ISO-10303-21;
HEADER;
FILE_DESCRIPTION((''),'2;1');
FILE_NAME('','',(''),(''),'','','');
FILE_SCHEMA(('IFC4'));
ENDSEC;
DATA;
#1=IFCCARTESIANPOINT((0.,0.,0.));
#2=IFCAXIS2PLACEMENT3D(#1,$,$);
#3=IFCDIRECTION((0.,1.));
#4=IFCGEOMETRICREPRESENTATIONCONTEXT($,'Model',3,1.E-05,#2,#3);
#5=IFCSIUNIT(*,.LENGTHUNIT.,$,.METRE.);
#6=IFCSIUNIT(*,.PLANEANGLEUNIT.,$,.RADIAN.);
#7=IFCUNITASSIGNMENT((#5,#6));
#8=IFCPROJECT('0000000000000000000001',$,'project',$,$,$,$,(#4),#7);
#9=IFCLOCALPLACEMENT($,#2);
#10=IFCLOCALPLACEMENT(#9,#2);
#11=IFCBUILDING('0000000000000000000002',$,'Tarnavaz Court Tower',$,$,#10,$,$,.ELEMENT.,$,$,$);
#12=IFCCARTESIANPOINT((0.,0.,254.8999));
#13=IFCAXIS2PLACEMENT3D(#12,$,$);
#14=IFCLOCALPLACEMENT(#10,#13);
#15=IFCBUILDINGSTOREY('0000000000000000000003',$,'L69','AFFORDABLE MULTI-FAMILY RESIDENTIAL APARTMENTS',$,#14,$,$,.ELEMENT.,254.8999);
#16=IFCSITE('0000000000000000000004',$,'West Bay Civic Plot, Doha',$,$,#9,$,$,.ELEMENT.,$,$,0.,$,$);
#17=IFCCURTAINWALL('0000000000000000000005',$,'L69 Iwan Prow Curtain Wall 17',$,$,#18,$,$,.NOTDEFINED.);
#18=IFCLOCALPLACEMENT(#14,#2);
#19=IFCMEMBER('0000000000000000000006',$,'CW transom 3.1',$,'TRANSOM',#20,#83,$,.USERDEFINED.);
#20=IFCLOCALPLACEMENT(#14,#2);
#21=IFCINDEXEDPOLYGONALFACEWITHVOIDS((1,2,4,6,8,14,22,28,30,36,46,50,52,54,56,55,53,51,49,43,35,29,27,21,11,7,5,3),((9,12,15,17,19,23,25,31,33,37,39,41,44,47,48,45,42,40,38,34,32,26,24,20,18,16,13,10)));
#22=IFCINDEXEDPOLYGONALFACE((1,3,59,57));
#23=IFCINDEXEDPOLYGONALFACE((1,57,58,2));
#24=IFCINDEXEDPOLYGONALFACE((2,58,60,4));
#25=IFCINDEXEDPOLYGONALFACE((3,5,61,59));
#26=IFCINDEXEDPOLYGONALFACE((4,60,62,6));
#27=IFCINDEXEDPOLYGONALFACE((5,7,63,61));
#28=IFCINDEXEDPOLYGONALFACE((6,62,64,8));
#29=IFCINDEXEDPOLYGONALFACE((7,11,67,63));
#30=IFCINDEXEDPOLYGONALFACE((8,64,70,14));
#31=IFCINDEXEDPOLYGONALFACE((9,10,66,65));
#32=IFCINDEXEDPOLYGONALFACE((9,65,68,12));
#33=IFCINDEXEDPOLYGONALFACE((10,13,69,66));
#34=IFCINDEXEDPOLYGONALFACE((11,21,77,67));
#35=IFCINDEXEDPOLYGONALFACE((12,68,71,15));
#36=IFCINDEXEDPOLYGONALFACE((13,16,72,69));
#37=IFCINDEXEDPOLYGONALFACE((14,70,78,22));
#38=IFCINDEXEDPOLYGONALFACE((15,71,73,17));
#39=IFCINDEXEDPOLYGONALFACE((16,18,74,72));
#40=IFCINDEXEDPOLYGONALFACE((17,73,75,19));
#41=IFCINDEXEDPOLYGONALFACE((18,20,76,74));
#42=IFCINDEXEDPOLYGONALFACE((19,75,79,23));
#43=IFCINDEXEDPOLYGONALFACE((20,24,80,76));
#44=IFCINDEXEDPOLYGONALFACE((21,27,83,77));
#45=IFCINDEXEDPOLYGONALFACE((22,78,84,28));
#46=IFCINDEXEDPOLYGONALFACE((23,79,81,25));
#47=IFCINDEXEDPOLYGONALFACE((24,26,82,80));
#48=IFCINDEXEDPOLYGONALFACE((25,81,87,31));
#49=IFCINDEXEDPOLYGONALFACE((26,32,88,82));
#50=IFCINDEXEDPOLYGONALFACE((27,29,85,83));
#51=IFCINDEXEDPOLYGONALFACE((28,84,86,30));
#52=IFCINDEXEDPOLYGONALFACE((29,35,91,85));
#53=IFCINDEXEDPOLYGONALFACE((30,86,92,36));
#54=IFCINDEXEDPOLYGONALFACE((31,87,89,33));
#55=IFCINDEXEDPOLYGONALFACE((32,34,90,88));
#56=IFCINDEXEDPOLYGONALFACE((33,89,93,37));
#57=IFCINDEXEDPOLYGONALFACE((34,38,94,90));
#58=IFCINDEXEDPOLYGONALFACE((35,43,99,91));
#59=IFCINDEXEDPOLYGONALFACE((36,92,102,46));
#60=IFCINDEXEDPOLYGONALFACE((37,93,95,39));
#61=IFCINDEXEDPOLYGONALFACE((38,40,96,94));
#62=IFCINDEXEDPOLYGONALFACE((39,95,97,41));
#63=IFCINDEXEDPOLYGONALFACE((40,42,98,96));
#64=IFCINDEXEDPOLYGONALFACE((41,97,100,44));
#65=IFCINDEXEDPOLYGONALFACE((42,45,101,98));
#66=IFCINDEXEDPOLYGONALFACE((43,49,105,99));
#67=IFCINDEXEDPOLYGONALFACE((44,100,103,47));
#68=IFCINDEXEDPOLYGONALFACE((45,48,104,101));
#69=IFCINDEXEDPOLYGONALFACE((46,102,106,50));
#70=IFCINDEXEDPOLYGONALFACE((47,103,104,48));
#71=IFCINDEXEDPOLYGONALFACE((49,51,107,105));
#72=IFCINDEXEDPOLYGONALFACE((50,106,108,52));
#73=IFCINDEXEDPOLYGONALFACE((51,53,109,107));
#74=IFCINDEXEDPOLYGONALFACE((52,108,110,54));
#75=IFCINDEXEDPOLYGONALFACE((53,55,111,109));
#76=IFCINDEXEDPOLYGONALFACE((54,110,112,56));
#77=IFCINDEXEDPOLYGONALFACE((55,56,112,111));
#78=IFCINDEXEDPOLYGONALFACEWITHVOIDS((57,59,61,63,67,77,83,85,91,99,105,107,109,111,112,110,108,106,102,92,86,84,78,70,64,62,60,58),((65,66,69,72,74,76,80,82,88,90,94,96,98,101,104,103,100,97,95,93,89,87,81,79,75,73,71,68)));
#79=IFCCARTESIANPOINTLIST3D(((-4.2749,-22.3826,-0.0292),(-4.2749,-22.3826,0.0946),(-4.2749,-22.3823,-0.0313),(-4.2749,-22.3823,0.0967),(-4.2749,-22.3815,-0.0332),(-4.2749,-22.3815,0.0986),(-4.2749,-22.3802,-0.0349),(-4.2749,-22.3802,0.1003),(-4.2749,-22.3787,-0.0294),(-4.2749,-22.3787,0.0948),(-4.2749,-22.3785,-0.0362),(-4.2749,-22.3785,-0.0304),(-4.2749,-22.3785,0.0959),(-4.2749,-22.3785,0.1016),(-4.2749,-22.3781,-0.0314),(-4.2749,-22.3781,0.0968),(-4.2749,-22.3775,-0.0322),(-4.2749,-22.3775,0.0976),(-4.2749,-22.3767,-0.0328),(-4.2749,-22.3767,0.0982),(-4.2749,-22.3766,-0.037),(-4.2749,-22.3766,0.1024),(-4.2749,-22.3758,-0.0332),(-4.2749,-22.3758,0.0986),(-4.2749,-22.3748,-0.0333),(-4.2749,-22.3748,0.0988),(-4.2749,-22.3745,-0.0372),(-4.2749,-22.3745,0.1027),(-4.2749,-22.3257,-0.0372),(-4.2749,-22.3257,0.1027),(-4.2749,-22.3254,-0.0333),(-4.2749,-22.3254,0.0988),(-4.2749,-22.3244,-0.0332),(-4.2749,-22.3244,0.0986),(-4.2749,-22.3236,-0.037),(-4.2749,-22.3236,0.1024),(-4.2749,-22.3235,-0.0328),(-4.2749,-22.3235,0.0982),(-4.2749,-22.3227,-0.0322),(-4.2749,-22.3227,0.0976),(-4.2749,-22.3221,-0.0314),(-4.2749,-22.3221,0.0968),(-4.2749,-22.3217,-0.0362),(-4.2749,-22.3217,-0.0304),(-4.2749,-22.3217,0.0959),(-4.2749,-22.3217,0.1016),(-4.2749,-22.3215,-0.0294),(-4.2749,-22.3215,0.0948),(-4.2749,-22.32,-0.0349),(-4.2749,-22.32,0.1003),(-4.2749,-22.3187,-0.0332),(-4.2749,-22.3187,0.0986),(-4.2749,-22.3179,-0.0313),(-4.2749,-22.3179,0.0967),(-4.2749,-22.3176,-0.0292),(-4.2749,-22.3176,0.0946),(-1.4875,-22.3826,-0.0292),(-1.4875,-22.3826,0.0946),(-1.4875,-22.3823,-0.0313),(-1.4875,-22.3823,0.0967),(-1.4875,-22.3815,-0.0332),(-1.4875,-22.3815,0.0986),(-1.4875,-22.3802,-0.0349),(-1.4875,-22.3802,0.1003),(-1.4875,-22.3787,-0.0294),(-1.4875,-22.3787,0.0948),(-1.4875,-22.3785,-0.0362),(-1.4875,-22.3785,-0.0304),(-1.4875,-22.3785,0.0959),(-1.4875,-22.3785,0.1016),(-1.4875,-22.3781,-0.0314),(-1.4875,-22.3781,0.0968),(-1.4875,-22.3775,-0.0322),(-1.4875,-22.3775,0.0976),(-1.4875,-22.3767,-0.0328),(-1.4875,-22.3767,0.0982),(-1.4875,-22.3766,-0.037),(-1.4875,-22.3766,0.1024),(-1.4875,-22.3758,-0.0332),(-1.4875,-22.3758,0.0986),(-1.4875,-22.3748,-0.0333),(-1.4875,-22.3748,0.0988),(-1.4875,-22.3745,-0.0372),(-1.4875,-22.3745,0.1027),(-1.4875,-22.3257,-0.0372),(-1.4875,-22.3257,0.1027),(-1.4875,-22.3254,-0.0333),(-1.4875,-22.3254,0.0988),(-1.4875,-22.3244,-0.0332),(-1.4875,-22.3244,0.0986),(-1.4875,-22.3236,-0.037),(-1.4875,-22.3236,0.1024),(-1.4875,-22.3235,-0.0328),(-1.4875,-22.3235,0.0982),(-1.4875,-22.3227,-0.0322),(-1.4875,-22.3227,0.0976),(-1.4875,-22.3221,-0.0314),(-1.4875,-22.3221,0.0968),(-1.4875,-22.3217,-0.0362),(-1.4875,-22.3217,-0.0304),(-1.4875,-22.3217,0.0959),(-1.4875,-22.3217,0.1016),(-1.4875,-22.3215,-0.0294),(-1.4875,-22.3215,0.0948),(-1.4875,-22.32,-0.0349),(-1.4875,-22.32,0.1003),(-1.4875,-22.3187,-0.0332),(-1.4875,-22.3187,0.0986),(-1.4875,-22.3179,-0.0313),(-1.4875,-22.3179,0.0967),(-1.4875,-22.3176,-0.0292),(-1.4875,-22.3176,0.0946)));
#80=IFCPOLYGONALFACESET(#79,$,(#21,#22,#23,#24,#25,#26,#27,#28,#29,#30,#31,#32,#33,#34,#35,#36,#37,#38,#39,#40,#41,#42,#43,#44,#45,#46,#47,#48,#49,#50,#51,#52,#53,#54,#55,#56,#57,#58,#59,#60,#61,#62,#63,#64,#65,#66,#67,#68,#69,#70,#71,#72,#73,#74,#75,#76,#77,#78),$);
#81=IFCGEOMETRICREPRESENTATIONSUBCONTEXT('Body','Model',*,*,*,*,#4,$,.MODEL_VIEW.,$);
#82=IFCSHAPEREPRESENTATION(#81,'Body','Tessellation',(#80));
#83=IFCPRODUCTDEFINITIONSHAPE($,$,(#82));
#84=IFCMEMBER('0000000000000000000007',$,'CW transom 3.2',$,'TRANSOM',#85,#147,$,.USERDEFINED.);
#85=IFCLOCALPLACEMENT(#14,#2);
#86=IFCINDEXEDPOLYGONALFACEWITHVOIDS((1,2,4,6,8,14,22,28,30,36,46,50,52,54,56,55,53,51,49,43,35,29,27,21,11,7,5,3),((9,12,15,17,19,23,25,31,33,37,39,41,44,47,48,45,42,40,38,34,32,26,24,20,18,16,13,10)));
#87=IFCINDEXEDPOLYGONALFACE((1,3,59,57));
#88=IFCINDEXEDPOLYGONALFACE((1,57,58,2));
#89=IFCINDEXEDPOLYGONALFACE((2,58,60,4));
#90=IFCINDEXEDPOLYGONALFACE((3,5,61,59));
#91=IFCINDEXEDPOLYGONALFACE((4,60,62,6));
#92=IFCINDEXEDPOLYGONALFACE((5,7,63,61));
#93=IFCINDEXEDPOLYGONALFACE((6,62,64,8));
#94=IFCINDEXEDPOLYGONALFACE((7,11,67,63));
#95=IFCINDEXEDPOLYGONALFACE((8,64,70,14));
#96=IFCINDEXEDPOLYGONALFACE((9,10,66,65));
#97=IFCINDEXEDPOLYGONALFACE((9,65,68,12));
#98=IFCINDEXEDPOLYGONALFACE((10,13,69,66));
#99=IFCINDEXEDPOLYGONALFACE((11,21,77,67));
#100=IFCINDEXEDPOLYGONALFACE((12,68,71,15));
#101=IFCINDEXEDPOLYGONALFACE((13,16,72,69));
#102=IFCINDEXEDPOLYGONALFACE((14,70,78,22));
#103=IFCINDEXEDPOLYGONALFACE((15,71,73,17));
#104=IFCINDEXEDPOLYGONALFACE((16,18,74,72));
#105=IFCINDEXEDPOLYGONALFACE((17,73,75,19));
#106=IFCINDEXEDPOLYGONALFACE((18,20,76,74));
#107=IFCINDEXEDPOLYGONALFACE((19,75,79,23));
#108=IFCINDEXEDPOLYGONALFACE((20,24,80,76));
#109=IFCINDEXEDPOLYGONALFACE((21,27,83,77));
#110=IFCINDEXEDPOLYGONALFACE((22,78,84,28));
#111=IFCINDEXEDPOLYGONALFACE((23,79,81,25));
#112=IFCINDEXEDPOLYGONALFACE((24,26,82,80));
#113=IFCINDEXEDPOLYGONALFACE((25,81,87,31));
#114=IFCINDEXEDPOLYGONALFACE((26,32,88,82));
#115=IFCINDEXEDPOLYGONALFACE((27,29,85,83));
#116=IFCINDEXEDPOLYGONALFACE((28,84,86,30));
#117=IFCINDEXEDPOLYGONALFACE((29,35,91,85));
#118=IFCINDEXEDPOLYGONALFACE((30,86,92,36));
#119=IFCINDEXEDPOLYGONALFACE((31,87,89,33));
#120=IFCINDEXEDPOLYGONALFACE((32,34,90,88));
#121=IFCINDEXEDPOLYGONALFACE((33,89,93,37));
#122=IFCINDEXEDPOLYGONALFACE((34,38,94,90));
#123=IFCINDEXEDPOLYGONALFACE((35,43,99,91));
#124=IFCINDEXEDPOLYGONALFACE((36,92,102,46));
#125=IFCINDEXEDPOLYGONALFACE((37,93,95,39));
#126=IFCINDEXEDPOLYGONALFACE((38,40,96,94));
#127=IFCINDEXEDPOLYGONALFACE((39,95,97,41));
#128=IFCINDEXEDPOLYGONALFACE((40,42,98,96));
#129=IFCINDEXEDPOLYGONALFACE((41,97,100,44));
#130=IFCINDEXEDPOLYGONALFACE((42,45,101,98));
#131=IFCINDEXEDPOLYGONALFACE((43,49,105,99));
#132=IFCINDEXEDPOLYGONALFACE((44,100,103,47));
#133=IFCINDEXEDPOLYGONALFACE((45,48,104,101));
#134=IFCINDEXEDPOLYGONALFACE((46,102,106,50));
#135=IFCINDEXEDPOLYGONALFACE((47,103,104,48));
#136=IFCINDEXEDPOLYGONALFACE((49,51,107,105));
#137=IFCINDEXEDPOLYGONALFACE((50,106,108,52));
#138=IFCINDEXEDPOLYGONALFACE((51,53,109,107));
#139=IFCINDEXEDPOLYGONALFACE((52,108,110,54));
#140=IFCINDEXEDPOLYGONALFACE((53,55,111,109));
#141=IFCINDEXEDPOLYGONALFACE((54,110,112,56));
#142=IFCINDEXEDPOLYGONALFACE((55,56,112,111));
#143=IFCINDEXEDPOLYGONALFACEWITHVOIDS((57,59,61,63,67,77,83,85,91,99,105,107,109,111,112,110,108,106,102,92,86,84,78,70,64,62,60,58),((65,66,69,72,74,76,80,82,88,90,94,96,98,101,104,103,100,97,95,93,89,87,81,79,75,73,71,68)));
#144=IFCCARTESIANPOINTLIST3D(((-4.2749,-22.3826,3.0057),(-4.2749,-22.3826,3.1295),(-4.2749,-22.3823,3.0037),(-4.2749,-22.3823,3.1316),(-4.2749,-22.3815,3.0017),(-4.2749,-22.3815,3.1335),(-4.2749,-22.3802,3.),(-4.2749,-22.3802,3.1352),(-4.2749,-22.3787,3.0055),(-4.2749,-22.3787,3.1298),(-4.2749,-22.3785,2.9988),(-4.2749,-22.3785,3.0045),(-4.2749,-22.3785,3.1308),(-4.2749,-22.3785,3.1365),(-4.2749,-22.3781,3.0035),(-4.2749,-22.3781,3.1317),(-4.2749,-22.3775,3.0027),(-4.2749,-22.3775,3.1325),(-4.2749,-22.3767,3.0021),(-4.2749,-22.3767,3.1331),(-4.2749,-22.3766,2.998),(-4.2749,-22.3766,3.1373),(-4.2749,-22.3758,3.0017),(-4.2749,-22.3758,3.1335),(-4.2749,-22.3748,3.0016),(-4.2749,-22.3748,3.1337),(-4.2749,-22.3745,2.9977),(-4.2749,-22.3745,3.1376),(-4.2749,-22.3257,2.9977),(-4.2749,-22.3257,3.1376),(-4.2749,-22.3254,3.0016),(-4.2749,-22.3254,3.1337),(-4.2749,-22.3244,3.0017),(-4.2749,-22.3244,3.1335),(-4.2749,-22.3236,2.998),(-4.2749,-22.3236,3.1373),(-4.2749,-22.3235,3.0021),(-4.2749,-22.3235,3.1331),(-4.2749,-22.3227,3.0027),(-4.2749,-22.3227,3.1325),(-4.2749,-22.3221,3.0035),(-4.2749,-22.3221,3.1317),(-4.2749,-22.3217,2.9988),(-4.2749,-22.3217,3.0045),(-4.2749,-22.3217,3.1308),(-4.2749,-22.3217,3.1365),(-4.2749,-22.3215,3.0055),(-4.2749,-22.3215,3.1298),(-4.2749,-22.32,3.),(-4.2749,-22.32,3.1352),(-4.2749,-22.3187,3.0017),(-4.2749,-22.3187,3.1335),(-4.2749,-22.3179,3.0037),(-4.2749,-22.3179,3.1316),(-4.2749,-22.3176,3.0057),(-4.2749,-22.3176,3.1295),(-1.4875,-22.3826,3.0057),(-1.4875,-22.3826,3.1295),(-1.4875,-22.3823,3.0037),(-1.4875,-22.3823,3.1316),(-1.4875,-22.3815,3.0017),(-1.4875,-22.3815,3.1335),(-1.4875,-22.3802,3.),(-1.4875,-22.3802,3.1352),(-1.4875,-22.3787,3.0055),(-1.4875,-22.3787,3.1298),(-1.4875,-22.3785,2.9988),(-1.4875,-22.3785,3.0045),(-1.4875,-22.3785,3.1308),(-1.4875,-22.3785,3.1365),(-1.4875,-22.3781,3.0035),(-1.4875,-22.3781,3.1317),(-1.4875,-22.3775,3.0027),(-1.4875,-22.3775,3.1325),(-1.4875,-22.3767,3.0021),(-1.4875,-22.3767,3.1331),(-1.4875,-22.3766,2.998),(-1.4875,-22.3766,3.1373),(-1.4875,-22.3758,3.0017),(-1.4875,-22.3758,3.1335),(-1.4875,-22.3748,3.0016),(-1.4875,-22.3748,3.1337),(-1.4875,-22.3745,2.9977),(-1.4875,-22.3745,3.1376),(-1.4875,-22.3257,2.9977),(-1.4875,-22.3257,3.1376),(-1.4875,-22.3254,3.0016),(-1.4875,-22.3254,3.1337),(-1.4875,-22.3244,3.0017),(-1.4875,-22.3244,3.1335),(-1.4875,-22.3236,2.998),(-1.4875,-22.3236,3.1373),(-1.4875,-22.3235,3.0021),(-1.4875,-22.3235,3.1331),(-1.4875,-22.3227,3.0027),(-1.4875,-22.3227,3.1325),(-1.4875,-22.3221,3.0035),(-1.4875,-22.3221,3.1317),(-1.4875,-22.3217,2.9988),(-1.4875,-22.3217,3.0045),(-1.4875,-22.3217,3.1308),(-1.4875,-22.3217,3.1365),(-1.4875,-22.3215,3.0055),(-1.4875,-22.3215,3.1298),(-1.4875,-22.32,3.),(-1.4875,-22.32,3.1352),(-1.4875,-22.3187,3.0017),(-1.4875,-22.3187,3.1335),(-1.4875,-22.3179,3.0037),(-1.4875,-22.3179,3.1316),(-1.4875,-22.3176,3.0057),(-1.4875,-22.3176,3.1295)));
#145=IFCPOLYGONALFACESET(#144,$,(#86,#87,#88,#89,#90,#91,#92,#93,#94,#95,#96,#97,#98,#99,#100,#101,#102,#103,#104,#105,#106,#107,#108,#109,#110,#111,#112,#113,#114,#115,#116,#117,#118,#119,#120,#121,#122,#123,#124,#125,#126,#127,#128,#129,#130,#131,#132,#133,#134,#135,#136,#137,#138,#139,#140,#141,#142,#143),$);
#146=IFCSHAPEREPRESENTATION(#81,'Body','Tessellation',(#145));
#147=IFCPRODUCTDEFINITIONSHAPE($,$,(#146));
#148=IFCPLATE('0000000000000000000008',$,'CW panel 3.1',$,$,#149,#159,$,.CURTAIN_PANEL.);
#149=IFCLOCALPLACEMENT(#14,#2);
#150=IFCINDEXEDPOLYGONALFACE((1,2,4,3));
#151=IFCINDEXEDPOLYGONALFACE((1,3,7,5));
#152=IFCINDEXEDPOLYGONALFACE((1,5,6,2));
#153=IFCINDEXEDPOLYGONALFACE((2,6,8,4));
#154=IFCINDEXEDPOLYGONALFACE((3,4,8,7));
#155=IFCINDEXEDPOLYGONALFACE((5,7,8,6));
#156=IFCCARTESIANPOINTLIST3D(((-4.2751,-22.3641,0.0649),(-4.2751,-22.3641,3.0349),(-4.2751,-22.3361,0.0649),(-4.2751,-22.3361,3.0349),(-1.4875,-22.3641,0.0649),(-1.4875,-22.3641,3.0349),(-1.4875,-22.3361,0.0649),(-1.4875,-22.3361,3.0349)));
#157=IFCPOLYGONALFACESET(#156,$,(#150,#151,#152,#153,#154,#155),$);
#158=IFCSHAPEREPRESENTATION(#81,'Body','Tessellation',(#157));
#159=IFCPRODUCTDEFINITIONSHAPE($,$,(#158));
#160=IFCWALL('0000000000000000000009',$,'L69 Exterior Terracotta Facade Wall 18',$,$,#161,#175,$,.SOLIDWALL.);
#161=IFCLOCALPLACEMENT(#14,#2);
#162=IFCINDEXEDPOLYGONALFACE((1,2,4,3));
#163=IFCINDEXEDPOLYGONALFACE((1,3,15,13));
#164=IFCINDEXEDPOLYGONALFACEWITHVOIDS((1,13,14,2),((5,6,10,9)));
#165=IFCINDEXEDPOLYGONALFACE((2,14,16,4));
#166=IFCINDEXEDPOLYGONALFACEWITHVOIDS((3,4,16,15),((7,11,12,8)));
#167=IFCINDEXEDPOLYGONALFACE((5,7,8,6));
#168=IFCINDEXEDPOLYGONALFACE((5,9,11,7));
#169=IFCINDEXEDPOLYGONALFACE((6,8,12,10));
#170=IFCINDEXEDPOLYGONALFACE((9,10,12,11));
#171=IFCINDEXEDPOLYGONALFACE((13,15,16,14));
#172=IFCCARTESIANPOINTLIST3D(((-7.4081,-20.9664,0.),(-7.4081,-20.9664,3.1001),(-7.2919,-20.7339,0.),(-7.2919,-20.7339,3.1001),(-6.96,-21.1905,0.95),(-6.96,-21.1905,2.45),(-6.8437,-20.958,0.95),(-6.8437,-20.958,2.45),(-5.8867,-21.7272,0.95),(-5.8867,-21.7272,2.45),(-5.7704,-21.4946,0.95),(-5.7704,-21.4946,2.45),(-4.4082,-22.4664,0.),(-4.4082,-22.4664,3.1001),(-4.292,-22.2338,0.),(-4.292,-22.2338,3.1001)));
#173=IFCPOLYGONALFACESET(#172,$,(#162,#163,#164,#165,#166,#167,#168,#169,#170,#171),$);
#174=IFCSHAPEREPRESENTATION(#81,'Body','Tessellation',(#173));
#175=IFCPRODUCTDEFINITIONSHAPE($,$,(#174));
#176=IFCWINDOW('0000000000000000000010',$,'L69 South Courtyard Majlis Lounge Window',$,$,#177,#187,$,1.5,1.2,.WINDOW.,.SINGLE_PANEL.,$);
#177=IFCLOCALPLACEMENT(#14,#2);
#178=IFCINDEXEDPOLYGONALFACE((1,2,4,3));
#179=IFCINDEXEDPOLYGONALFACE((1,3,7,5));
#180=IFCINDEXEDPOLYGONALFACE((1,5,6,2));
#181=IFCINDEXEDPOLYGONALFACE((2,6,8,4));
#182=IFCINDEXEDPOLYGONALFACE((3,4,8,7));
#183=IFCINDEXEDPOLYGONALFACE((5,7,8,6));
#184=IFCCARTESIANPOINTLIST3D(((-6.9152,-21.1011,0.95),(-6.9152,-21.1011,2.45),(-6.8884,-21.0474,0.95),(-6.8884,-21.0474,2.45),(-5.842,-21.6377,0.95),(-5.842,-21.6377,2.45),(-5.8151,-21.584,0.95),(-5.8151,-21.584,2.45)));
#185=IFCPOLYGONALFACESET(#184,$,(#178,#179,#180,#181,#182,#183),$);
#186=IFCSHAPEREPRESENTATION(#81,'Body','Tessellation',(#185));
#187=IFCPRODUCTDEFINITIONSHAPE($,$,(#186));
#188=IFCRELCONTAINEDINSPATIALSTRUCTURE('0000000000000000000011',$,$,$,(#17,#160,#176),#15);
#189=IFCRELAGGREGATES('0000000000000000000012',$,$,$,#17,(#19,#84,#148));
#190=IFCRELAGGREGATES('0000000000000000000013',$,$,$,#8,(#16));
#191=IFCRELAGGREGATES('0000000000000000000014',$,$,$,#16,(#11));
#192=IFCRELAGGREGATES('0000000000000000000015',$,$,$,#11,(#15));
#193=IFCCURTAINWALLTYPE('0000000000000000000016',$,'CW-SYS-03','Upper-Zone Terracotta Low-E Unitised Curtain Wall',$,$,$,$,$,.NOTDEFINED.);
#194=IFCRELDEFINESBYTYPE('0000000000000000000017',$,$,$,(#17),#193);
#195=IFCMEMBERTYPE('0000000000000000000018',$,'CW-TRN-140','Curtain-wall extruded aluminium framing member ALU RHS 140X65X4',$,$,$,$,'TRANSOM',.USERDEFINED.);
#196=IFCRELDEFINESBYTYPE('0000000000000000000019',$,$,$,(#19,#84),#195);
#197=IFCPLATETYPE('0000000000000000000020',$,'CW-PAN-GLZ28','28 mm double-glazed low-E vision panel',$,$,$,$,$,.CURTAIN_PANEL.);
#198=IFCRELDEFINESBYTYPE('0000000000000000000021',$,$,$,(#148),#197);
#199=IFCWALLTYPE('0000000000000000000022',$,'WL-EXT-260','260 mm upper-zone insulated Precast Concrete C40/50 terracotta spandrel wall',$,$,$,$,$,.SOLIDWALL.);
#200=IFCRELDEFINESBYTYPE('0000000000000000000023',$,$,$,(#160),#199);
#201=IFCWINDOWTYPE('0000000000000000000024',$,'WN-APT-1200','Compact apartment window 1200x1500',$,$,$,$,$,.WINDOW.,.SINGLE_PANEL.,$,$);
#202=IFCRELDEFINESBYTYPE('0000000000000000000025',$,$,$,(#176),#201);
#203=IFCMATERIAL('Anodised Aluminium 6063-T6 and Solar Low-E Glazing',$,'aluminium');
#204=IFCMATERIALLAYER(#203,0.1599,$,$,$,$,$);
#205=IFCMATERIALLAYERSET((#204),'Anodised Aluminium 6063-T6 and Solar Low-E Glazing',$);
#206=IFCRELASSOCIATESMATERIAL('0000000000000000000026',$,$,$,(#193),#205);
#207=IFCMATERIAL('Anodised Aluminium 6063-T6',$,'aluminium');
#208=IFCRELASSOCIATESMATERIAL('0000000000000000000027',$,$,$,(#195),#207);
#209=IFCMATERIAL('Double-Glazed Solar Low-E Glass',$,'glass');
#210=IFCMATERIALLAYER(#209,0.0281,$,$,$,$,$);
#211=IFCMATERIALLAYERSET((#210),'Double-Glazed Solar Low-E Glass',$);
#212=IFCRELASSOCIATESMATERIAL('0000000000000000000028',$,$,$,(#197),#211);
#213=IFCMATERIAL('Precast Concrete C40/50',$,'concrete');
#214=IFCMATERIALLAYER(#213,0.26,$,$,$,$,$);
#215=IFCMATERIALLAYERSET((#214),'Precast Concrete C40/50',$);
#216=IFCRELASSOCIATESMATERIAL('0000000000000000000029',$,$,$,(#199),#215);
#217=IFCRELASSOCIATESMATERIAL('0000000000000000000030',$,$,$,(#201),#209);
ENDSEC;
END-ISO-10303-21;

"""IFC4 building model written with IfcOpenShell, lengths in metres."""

from ifc_helpers import new_model, si_unit, direction, frame, frame_2d, origin, origin_2d, place, context, subcontext, project, spatial, rectangle, hollow_rectangle, extrude, material, layer, layer_set, material_profile, profile_set, type_object, element, fill, aggregate, save


model = new_model("IFC4")

# Units and contexts
model_context = context("Model", 3, precision=1e-05, world=origin(), true_north=direction((0.0, 1.0)))
body_context = subcontext(model_context, "Body", "Model", "MODEL_VIEW")
ifc_project = project(units=[si_unit("LENGTHUNIT", "METRE"), si_unit("PLANEANGLEUNIT", "RADIAN")], contexts=[model_context])

# Site, building, storey
site_placement = place(None, origin())
site = spatial("IfcSite", under=ifc_project, at=site_placement, Name="West Bay Civic Plot, Doha", CompositionType="ELEMENT", RefElevation=0.0)
building_placement = place(site_placement, origin())
building = spatial("IfcBuilding", under=site, at=building_placement, Name="Tarnavaz Court Tower", CompositionType="ELEMENT")
storey_placement = place(building_placement, frame((0.0, 0.0, 254.8999)))
storey = spatial("IfcBuildingStorey", under=building, at=storey_placement, Name="L69", Description="AFFORDABLE MULTI-FAMILY RESIDENTIAL APARTMENTS", CompositionType="ELEMENT", Elevation=254.8999)

# Curtain wall, members, plate
ifc_material_1 = material(Name="Anodised Aluminium 6063-T6 and Solar Low-E Glazing", Category="aluminium")
ifc_layer_1 = layer(ifc_material_1, 0.1599)
ifc_layer_set_1 = layer_set([ifc_layer_1], Name="Anodised Aluminium 6063-T6 and Solar Low-E Glazing")
curtain_wall_type = type_object("IfcCurtainWallType", Name="CW-SYS-03", Description="Upper-Zone Terracotta Low-E Unitised Curtain Wall", PredefinedType="NOTDEFINED", material=ifc_layer_set_1)
curtain_wall_placement = place(storey_placement, origin())
curtain_wall = element("IfcCurtainWall", 1, at=curtain_wall_placement, inside=storey, type_object=curtain_wall_type, Name="L69 Iwan Prow Curtain Wall 17", PredefinedType="NOTDEFINED")
ifc_material_2 = material(Name="Anodised Aluminium 6063-T6", Category="aluminium")
ifc_material_profile_1 = material_profile(ifc_material_2, hollow_rectangle(XDim=0.0649, YDim=0.1399, WallThickness=0.0039, InnerFilletRadius=0.0039, OuterFilletRadius=0.0081, at=origin_2d()), Name="ALU RHS 140X65X4")
ifc_profile_set_1 = profile_set([ifc_material_profile_1], Name="Anodised Aluminium 6063-T6")
member_type_1 = type_object("IfcMemberType", Name="CW-TRN-140", Description="Curtain-wall extruded aluminium framing member ALU RHS 140X65X4", ElementType="TRANSOM", PredefinedType="USERDEFINED", material=ifc_profile_set_1)
member_1_placement = place(storey_placement, frame((-1.4875, -22.3501, 0.0327), z_axis=(-1.0, 0.0, 0.0), x_axis=(0.0, -1.0, 0.0)))
member_1 = element("IfcMember", 2, at=member_1_placement, type_object=member_type_1, Name="CW transom 3.1", ObjectType="TRANSOM", PredefinedType="USERDEFINED", context=body_context, shape_type="SweptSolid", body=[
    extrude(hollow_rectangle(XDim=0.0649, YDim=0.1399, WallThickness=0.0039, InnerFilletRadius=0.0039, OuterFilletRadius=0.0081, at=origin_2d()), origin(), (0.0, 0.0, 1.0), 2.7874),
])
member_2_placement = place(storey_placement, frame((-1.4875, -22.3501, 3.0676), z_axis=(-1.0, 0.0, 0.0), x_axis=(0.0, -1.0, 0.0)))
member_2 = element("IfcMember", 3, at=member_2_placement, type_object=member_type_1, Name="CW transom 3.2", ObjectType="TRANSOM", PredefinedType="USERDEFINED", context=body_context, shape_type="SweptSolid", body=[
    extrude(hollow_rectangle(XDim=0.0649, YDim=0.1399, WallThickness=0.0039, InnerFilletRadius=0.0039, OuterFilletRadius=0.0081, at=origin_2d()), origin(), (0.0, 0.0, 1.0), 2.7874),
])
ifc_material_3 = material(Name="Double-Glazed Solar Low-E Glass", Category="glass")
ifc_layer_2 = layer(ifc_material_3, 0.0281)
ifc_layer_set_2 = layer_set([ifc_layer_2], Name="Double-Glazed Solar Low-E Glass")
plate_type = type_object("IfcPlateType", Name="CW-PAN-GLZ28", Description="28 mm double-glazed low-E vision panel", PredefinedType="CURTAIN_PANEL", material=ifc_layer_set_2)
plate_placement = place(storey_placement, frame((-2.8813, -22.3501, 0.0649), z_axis=(0.0, 0.0, 1.0), x_axis=(-1.0, 0.0, 0.0)))
plate = element("IfcPlate", 4, at=plate_placement, type_object=plate_type, Name="CW panel 3.1", PredefinedType="CURTAIN_PANEL", context=body_context, shape_type="SweptSolid", body=[
    extrude(rectangle(XDim=2.7876, YDim=0.0281, at=origin_2d()), origin(), (0.0, 0.0, 1.0), 2.97),
])
aggregate(curtain_wall, [member_1, member_2, plate])

# Wall, opening, window
ifc_material_4 = material(Name="Precast Concrete C40/50", Category="concrete")
ifc_layer_3 = layer(ifc_material_4, 0.26)
ifc_layer_set_3 = layer_set([ifc_layer_3], Name="Precast Concrete C40/50")
wall_type_1 = type_object("IfcWallType", Name="WL-EXT-260", Description="260 mm upper-zone insulated Precast Concrete C40/50 terracotta spandrel wall", PredefinedType="SOLIDWALL", material=ifc_layer_set_3)
wall_1_placement = place(storey_placement, frame((-4.3501, -22.3501, 0.0), z_axis=(0.0, 0.0, 1.0), x_axis=(-0.894427, 0.447214, 0.0)))
wall_1 = element("IfcWall", 5, at=wall_1_placement, inside=storey, type_object=wall_type_1, Name="L69 Exterior Terracotta Facade Wall 18", PredefinedType="SOLIDWALL", context=body_context, shape_type="SweptSolid", body=[
    extrude(rectangle(XDim=3.354, YDim=0.26, at=frame_2d((1.677, 0.0))), origin(), (0.0, 0.0, 1.0), 3.1001),
])
opening_1_placement = place(wall_1_placement, frame((1.6528, 0.0, 0.95)))
opening_1 = element("IfcOpeningElement", 6, at=opening_1_placement, cuts=wall_1, PredefinedType="OPENING", context=body_context, shape_type="SweptSolid", body=[
    extrude(rectangle(XDim=1.2, YDim=1.5, at=frame_2d((0.6001, 0.75))), frame((0.0, 0.1399, 0.0), z_axis=(0.0, -1.0, 0.0), x_axis=(1.0, 0.0, 0.0)), (0.0, 0.0, 1.0), 0.28),
])
window_type_1 = type_object("IfcWindowType", Name="WN-APT-1200", Description="Compact apartment window 1200x1500", PartitioningType="SINGLE_PANEL", PredefinedType="WINDOW", material=ifc_material_3)
window_1_placement = place(opening_1_placement, origin())
window_1 = element("IfcWindow", 7, at=window_1_placement, inside=storey, type_object=window_type_1, Name="L69 South Courtyard Majlis Lounge Window", OverallHeight=1.5, OverallWidth=1.2, PartitioningType="SINGLE_PANEL", PredefinedType="WINDOW", context=body_context, shape_type="SweptSolid", body=[
    extrude(rectangle(XDim=1.2, YDim=1.5, at=frame_2d((0.6001, 0.75))), frame((0.0, 0.03, 0.0), z_axis=(0.0, -1.0, 0.0), x_axis=(1.0, 0.0, 0.0)), (0.0, 0.0, 1.0), 0.0601),
])
fill(opening_1, window_1)

save(model, "model.ifc")
